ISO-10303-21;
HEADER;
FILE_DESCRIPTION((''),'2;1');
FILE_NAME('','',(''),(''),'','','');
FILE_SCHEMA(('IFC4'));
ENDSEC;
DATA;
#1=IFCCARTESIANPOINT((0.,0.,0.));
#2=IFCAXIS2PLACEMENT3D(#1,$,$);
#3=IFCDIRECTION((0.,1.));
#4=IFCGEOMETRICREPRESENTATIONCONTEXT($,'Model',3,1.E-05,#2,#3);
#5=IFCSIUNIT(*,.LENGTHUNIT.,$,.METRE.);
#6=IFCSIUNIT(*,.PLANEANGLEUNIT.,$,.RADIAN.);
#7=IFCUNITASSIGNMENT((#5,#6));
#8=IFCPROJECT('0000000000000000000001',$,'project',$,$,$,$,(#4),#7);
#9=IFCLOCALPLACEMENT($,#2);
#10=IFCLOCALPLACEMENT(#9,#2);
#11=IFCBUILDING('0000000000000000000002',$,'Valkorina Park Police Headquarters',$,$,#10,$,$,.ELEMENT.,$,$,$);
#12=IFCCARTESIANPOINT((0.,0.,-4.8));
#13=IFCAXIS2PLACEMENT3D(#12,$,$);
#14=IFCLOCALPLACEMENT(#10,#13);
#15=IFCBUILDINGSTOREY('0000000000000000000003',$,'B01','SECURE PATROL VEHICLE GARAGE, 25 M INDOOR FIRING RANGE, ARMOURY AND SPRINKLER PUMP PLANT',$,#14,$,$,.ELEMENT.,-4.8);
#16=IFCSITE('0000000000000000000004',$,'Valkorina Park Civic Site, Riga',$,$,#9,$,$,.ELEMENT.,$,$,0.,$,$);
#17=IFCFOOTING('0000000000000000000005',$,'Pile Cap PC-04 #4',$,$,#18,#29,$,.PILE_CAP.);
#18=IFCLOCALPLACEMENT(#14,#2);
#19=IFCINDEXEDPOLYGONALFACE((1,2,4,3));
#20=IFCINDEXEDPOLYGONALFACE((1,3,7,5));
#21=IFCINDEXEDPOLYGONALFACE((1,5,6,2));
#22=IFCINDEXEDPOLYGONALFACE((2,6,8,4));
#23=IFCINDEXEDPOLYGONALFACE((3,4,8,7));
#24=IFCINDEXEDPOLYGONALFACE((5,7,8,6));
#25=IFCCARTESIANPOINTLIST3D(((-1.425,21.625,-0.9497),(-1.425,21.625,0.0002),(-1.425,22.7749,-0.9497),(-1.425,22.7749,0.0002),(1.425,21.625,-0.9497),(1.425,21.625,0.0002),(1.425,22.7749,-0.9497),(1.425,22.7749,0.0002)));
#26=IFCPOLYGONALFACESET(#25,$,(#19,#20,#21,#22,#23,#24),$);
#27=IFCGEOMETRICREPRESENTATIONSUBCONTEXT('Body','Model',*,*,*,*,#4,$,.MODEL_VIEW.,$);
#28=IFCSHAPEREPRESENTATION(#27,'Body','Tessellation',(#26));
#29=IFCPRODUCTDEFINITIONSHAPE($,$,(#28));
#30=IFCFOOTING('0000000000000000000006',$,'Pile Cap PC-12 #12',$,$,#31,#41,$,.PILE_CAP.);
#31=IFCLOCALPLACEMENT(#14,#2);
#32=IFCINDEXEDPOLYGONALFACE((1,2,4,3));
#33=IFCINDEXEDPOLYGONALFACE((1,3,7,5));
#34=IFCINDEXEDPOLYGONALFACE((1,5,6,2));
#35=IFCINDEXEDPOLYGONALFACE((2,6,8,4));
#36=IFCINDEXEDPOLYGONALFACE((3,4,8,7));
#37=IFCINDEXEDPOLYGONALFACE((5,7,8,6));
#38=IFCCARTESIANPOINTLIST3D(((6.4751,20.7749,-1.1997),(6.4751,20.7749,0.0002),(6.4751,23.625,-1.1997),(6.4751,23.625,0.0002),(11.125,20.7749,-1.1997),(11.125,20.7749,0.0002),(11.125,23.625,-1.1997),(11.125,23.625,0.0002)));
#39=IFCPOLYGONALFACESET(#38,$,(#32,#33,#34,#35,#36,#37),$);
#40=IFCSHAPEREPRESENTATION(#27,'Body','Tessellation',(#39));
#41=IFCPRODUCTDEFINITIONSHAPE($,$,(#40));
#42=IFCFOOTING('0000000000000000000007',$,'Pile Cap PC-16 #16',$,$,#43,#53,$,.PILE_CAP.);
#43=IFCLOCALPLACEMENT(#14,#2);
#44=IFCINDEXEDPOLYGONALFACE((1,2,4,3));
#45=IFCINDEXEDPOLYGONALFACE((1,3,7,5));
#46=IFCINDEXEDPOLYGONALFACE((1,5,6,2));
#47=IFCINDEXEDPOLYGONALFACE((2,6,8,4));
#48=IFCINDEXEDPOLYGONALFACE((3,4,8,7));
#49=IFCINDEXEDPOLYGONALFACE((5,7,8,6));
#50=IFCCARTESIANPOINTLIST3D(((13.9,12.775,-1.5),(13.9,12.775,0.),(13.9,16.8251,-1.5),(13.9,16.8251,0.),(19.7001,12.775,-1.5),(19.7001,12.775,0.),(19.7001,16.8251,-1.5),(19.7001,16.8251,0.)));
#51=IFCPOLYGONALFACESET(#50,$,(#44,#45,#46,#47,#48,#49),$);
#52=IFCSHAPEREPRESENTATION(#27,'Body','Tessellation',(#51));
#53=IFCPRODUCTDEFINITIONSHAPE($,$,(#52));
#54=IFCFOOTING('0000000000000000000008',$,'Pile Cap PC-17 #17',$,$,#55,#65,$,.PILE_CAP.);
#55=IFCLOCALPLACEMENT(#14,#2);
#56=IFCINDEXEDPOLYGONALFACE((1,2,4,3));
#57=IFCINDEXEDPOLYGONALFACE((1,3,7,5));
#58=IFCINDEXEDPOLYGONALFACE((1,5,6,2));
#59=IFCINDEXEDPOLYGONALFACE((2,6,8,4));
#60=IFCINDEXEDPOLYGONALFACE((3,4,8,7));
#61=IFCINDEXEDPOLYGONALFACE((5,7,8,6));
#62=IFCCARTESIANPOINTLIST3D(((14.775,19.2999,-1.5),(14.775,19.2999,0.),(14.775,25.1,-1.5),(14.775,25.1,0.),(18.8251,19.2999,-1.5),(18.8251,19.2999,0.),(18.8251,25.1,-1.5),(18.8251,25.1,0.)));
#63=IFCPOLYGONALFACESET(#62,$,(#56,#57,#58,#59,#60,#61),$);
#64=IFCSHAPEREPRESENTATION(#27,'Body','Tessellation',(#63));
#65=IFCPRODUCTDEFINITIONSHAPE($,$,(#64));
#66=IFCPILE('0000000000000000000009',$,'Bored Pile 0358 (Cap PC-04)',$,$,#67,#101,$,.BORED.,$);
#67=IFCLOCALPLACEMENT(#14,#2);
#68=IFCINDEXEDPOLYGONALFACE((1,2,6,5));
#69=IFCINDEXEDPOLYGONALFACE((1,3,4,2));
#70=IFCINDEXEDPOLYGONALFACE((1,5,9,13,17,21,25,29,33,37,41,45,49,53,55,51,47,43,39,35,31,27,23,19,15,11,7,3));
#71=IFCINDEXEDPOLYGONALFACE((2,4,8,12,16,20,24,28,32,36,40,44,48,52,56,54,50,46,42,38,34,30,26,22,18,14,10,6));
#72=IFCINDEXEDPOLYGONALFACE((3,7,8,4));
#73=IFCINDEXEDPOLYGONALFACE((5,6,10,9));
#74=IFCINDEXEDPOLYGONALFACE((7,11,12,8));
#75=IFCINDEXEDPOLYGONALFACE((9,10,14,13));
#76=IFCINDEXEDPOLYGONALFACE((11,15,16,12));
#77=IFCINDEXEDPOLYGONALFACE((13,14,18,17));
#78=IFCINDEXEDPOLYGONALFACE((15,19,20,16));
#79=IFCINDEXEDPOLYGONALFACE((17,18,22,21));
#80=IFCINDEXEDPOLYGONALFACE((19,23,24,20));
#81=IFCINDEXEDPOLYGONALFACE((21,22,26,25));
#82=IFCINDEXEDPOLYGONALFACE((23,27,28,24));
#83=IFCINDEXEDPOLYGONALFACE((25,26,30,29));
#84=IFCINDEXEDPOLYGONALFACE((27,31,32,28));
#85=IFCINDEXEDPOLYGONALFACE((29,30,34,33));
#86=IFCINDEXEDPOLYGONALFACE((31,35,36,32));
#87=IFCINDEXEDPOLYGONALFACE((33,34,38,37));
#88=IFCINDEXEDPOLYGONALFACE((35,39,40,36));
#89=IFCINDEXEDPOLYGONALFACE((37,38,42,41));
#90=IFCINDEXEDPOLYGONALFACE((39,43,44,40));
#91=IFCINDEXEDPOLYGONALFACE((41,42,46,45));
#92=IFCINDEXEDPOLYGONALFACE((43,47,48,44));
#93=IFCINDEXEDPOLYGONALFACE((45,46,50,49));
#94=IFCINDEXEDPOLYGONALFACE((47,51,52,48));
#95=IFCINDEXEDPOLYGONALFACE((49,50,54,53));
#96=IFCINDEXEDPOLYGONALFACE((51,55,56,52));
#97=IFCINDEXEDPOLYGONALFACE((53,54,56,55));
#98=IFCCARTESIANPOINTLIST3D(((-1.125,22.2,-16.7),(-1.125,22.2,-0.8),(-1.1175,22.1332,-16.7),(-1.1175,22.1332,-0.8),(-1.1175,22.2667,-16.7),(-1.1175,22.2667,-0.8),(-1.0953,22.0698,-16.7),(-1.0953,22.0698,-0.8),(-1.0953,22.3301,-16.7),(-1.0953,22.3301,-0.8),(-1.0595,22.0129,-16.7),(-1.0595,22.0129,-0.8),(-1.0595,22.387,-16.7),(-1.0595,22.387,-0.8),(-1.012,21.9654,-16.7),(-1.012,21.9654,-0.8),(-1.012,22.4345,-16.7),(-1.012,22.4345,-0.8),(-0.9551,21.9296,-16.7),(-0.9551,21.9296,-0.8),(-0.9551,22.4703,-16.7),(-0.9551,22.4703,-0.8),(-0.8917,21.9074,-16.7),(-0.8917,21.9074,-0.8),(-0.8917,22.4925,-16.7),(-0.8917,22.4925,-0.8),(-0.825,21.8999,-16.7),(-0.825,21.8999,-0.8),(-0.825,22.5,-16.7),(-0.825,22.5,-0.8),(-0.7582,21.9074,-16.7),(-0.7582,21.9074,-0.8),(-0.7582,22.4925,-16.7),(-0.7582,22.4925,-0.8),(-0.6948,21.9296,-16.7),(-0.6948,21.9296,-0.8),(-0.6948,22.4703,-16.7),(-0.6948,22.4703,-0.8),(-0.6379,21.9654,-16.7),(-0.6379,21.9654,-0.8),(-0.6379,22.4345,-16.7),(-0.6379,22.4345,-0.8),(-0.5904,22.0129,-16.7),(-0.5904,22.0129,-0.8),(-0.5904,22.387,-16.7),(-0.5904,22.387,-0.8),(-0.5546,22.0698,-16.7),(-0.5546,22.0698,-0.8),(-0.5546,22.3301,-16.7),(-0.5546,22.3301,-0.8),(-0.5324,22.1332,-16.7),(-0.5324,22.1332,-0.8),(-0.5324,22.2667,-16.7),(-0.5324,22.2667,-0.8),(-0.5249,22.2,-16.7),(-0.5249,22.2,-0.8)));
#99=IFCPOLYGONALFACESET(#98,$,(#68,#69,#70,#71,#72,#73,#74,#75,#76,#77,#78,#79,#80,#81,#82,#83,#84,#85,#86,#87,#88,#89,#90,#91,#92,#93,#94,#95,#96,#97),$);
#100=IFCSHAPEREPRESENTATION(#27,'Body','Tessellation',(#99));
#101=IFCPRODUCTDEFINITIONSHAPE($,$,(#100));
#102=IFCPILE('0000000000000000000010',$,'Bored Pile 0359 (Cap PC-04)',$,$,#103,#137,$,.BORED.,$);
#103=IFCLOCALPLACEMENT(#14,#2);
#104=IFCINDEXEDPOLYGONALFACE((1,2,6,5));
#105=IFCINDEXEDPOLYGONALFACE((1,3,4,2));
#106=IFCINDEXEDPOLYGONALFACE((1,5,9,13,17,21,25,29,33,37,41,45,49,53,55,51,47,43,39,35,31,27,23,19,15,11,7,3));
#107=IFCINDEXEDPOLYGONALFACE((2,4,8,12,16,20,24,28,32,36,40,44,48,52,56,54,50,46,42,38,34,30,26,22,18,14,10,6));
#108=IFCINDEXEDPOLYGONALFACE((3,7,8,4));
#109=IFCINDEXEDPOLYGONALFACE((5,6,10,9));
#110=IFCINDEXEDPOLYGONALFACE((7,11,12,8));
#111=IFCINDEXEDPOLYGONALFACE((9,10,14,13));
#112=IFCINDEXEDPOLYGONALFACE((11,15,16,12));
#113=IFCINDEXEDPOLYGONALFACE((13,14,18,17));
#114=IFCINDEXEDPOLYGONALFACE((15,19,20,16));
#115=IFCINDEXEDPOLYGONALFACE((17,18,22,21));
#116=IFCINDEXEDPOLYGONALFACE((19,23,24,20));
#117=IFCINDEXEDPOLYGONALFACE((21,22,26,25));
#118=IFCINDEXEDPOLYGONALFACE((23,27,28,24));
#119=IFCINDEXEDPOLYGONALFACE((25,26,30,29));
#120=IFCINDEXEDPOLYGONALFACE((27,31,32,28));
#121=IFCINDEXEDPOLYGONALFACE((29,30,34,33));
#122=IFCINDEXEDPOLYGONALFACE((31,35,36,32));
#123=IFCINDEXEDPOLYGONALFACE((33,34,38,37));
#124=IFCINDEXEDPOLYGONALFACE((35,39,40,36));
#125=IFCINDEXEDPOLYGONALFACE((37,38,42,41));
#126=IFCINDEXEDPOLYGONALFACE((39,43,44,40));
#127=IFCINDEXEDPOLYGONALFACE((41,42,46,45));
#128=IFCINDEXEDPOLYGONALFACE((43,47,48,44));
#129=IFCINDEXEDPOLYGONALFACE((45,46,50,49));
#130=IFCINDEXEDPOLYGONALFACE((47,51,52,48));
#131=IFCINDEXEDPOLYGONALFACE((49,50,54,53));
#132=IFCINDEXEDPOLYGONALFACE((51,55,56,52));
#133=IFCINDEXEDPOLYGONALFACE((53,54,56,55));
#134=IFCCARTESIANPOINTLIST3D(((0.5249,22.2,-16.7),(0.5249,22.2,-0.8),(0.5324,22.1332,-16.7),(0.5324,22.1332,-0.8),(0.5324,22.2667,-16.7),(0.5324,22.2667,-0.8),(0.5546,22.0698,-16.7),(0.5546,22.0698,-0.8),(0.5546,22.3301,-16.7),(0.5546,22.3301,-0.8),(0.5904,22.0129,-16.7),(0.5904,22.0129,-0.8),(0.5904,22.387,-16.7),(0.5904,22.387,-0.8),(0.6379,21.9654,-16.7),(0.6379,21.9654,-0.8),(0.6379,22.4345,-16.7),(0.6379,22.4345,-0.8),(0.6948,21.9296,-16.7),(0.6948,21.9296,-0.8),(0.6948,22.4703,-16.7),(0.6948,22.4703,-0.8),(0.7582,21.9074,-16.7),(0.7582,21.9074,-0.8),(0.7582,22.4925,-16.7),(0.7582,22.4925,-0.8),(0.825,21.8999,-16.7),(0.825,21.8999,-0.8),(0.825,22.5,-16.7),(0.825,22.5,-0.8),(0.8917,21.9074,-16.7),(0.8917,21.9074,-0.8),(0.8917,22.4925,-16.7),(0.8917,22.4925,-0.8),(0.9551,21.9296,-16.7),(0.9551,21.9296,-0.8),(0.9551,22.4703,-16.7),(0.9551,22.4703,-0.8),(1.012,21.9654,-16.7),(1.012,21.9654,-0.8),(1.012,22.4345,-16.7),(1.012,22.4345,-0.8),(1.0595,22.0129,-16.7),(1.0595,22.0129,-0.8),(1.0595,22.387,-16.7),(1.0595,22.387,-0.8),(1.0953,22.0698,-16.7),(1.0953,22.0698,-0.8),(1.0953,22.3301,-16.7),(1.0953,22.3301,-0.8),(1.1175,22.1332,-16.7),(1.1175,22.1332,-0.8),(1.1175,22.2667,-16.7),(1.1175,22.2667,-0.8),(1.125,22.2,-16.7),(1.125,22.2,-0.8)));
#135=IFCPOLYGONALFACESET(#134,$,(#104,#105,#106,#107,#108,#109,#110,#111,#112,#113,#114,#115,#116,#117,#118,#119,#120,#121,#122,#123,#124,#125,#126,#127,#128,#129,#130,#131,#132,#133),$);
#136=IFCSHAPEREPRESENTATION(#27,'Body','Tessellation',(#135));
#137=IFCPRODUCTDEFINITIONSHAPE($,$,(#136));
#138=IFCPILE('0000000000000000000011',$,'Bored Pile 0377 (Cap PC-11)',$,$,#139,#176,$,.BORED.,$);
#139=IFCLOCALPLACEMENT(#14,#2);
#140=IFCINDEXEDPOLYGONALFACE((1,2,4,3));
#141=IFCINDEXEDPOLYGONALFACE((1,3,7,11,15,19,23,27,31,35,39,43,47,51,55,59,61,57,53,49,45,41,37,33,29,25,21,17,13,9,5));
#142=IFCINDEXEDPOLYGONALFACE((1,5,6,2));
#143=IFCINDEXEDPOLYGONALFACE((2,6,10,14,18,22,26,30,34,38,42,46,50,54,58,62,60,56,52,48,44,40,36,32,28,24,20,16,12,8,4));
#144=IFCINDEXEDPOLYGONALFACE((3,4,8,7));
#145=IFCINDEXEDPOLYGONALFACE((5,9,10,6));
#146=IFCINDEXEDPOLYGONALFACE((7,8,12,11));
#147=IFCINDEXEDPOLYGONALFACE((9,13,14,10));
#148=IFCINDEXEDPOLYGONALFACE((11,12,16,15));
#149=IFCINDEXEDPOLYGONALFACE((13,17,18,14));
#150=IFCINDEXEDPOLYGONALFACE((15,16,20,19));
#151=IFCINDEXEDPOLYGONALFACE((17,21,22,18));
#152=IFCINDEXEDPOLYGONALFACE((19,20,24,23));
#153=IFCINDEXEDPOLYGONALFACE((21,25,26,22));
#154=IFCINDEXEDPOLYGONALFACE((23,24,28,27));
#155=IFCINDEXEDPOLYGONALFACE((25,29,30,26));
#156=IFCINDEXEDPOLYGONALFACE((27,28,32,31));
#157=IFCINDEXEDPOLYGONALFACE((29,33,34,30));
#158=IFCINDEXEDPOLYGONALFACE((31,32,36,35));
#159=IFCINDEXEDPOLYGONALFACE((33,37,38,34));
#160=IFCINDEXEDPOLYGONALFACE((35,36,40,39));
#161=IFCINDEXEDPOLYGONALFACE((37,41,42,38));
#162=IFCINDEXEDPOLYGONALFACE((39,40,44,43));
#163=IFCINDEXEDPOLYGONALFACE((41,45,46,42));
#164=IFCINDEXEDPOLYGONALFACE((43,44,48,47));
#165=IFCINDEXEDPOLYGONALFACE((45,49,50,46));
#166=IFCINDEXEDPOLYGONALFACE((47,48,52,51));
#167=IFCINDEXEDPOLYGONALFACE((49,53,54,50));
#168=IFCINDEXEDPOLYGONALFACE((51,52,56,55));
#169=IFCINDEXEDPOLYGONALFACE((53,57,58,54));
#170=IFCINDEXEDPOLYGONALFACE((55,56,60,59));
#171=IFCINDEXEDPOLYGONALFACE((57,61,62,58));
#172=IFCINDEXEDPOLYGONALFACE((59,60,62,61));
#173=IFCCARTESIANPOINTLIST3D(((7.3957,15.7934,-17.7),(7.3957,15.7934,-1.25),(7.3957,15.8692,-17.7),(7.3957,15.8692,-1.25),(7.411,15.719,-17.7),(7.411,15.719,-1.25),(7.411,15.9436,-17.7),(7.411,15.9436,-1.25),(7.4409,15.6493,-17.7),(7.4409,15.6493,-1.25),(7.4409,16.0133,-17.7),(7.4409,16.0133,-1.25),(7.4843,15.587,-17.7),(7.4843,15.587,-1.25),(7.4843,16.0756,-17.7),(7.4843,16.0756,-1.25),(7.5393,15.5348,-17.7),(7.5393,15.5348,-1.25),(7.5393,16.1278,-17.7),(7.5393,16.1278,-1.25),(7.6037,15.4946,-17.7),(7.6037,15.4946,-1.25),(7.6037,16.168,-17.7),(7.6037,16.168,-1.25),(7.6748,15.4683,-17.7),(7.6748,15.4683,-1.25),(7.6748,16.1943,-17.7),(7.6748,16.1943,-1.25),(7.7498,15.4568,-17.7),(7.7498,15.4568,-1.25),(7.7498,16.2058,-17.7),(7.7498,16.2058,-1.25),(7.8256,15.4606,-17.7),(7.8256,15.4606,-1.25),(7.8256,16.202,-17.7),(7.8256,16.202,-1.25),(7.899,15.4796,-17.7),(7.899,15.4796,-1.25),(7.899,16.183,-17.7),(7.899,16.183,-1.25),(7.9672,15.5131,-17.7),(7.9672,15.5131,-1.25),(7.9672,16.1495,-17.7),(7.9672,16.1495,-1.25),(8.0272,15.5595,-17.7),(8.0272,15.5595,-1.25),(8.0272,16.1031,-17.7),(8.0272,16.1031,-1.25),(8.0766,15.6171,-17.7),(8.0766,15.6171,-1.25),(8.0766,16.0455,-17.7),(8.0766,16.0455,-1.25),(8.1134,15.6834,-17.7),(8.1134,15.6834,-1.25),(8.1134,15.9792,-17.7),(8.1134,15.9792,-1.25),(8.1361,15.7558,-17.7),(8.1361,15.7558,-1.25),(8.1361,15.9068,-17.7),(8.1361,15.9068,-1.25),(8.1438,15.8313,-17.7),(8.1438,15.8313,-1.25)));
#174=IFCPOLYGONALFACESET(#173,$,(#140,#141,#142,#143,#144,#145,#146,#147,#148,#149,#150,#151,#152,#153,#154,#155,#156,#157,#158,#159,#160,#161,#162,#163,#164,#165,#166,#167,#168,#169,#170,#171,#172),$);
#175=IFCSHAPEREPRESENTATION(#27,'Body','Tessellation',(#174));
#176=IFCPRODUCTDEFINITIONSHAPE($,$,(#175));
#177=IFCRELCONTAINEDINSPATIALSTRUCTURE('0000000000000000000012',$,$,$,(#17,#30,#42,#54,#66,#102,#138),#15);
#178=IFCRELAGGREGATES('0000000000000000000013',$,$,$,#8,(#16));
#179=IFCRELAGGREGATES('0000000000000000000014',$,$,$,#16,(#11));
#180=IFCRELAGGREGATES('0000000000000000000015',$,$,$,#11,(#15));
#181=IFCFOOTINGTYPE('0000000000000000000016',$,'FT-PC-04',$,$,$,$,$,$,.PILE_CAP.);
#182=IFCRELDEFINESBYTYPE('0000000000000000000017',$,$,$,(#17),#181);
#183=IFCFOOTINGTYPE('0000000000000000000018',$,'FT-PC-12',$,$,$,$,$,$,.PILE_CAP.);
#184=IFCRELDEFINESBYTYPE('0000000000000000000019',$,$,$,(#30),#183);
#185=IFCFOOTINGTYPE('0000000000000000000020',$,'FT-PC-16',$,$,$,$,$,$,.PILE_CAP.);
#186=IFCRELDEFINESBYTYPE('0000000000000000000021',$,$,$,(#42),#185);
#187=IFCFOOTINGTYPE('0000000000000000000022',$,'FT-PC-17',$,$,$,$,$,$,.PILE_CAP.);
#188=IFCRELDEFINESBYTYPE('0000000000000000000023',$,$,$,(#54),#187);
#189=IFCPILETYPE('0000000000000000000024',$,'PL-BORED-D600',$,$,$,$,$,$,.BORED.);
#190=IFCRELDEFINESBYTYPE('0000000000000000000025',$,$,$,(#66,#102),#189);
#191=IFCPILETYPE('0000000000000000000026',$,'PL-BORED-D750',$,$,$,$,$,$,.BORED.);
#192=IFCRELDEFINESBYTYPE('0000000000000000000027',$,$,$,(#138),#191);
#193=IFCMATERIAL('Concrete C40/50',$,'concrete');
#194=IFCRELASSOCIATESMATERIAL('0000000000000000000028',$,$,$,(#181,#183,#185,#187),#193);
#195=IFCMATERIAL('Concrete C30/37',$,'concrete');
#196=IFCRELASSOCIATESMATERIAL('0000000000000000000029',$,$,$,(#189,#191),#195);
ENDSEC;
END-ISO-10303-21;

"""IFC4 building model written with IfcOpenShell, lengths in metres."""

from ifc_helpers import new_model, si_unit, direction, frame, origin, origin_2d, place, context, subcontext, project, spatial, rectangle, circle, extrude, material, material_profile, profile_set, type_object, element, save


model = new_model("IFC4")

# Units and contexts
model_context = context("Model", 3, precision=1e-05, world=origin(), true_north=direction((0.0, 1.0)))
body_context = subcontext(model_context, "Body", "Model", "MODEL_VIEW")
ifc_project = project(units=[si_unit("LENGTHUNIT", "METRE"), si_unit("PLANEANGLEUNIT", "RADIAN")], contexts=[model_context])

# Site, building, storey
site_placement = place(None, origin())
site = spatial("IfcSite", under=ifc_project, at=site_placement, Name="Valkorina Park Civic Site, Riga", CompositionType="ELEMENT", RefElevation=0.0)
building_placement = place(site_placement, origin())
building = spatial("IfcBuilding", under=site, at=building_placement, Name="Valkorina Park Police Headquarters", CompositionType="ELEMENT")
storey_placement = place(building_placement, frame((0.0, 0.0, -4.8)))
storey = spatial("IfcBuildingStorey", under=building, at=storey_placement, Name="B01", Description="SECURE PATROL VEHICLE GARAGE, 25 M INDOOR FIRING RANGE, ARMOURY AND SPRINKLER PUMP PLANT", CompositionType="ELEMENT", Elevation=-4.8)

# Footings
ifc_material_1 = material(Name="Concrete C40/50", Category="concrete")
footing_type_1 = type_object("IfcFootingType", Name="FT-PC-04", PredefinedType="PILE_CAP", material=ifc_material_1)
footing_1_placement = place(storey_placement, frame((0.0, 22.2, -0.9497), z_axis=(0.0, 0.0, 1.0), x_axis=(1.0, 0.0, 0.0)))
element("IfcFooting", 1, at=footing_1_placement, inside=storey, type_object=footing_type_1, Name="Pile Cap PC-04 #4", PredefinedType="PILE_CAP", context=body_context, shape_type="SweptSolid", body=[
    extrude(rectangle(XDim=2.8501, YDim=1.1499, at=origin_2d()), origin(), (0.0, 0.0, 1.0), 0.95),
])
footing_type_2 = type_object("IfcFootingType", Name="FT-PC-12", PredefinedType="PILE_CAP", material=ifc_material_1)
footing_2_placement = place(storey_placement, frame((8.8, 22.2, -1.1997), z_axis=(0.0, 0.0, 1.0), x_axis=(1.0, 0.0, 0.0)))
element("IfcFooting", 2, at=footing_2_placement, inside=storey, type_object=footing_type_2, Name="Pile Cap PC-12 #12", PredefinedType="PILE_CAP", context=body_context, shape_type="SweptSolid", body=[
    extrude(rectangle(XDim=4.6499, YDim=2.8501, at=origin_2d()), origin(), (0.0, 0.0, 1.0), 1.2),
])
footing_type_3 = type_object("IfcFootingType", Name="FT-PC-16", PredefinedType="PILE_CAP", material=ifc_material_1)
footing_3_placement = place(storey_placement, frame((16.8, 14.8, -1.5), z_axis=(0.0, 0.0, 1.0), x_axis=(1.0, 0.0, 0.0)))
element("IfcFooting", 3, at=footing_3_placement, inside=storey, type_object=footing_type_3, Name="Pile Cap PC-16 #16", PredefinedType="PILE_CAP", context=body_context, shape_type="SweptSolid", body=[
    extrude(rectangle(XDim=5.8, YDim=4.05, at=origin_2d()), origin(), (0.0, 0.0, 1.0), 1.5),
])
footing_type_4 = type_object("IfcFootingType", Name="FT-PC-17", PredefinedType="PILE_CAP", material=ifc_material_1)
footing_4_placement = place(storey_placement, frame((16.8, 22.2, -1.5), z_axis=(0.0, 0.0, 1.0), x_axis=(1.0, 0.0, 0.0)))
element("IfcFooting", 4, at=footing_4_placement, inside=storey, type_object=footing_type_4, Name="Pile Cap PC-17 #17", PredefinedType="PILE_CAP", context=body_context, shape_type="SweptSolid", body=[
    extrude(rectangle(XDim=4.05, YDim=5.8, at=origin_2d()), origin(), (0.0, 0.0, 1.0), 1.5),
])

# Piles
ifc_material_2 = material(Name="Concrete C30/37", Category="concrete")
ifc_material_profile_1 = material_profile(ifc_material_2, circle(Radius=0.3, at=origin_2d()), Name="BORED PILE D600")
ifc_profile_set_1 = profile_set([ifc_material_profile_1], Name="Concrete C30/37")
pile_type_1 = type_object("IfcPileType", Name="PL-BORED-D600", PredefinedType="BORED", material=ifc_profile_set_1)
for number, where, z_axis, x_axis, name in (
    (5, (-0.825, 22.2, -0.8), (0.0, 0.0, -1.0), (1.0, 0.0, 0.0), "Bored Pile 0358 (Cap PC-04)"),
    (6, (0.825, 22.2, -0.8), (0.0, 0.0, -1.0), (1.0, 0.0, 0.0), "Bored Pile 0359 (Cap PC-04)"),
):
    element("IfcPile", number, at=place(storey_placement, frame(where, z_axis=z_axis, x_axis=x_axis)), inside=storey, type_object=pile_type_1, Name=name, PredefinedType="BORED", context=body_context, shape_type="SweptSolid", body=[
        extrude(circle(Radius=0.3, at=origin_2d()), origin(), (0.0, 0.0, 1.0), 15.8999),
    ])
ifc_material_profile_2 = material_profile(ifc_material_2, circle(Radius=0.375, at=origin_2d()), Name="BORED PILE D750")
ifc_profile_set_2 = profile_set([ifc_material_profile_2], Name="Concrete C30/37")
pile_type_2 = type_object("IfcPileType", Name="PL-BORED-D750", PredefinedType="BORED", material=ifc_profile_set_2)
for number, where, z_axis, x_axis, name in (
    (7, (7.7688, 15.8313, -1.25), (0.0, 0.0, -1.0), (1.0, 0.0, 0.0), "Bored Pile 0377 (Cap PC-11)"),
):
    element("IfcPile", number, at=place(storey_placement, frame(where, z_axis=z_axis, x_axis=x_axis)), inside=storey, type_object=pile_type_2, Name=name, PredefinedType="BORED", context=body_context, shape_type="SweptSolid", body=[
        extrude(circle(Radius=0.375, at=origin_2d()), origin(), (0.0, 0.0, 1.0), 16.45),
    ])

save(model, "model.ifc")
